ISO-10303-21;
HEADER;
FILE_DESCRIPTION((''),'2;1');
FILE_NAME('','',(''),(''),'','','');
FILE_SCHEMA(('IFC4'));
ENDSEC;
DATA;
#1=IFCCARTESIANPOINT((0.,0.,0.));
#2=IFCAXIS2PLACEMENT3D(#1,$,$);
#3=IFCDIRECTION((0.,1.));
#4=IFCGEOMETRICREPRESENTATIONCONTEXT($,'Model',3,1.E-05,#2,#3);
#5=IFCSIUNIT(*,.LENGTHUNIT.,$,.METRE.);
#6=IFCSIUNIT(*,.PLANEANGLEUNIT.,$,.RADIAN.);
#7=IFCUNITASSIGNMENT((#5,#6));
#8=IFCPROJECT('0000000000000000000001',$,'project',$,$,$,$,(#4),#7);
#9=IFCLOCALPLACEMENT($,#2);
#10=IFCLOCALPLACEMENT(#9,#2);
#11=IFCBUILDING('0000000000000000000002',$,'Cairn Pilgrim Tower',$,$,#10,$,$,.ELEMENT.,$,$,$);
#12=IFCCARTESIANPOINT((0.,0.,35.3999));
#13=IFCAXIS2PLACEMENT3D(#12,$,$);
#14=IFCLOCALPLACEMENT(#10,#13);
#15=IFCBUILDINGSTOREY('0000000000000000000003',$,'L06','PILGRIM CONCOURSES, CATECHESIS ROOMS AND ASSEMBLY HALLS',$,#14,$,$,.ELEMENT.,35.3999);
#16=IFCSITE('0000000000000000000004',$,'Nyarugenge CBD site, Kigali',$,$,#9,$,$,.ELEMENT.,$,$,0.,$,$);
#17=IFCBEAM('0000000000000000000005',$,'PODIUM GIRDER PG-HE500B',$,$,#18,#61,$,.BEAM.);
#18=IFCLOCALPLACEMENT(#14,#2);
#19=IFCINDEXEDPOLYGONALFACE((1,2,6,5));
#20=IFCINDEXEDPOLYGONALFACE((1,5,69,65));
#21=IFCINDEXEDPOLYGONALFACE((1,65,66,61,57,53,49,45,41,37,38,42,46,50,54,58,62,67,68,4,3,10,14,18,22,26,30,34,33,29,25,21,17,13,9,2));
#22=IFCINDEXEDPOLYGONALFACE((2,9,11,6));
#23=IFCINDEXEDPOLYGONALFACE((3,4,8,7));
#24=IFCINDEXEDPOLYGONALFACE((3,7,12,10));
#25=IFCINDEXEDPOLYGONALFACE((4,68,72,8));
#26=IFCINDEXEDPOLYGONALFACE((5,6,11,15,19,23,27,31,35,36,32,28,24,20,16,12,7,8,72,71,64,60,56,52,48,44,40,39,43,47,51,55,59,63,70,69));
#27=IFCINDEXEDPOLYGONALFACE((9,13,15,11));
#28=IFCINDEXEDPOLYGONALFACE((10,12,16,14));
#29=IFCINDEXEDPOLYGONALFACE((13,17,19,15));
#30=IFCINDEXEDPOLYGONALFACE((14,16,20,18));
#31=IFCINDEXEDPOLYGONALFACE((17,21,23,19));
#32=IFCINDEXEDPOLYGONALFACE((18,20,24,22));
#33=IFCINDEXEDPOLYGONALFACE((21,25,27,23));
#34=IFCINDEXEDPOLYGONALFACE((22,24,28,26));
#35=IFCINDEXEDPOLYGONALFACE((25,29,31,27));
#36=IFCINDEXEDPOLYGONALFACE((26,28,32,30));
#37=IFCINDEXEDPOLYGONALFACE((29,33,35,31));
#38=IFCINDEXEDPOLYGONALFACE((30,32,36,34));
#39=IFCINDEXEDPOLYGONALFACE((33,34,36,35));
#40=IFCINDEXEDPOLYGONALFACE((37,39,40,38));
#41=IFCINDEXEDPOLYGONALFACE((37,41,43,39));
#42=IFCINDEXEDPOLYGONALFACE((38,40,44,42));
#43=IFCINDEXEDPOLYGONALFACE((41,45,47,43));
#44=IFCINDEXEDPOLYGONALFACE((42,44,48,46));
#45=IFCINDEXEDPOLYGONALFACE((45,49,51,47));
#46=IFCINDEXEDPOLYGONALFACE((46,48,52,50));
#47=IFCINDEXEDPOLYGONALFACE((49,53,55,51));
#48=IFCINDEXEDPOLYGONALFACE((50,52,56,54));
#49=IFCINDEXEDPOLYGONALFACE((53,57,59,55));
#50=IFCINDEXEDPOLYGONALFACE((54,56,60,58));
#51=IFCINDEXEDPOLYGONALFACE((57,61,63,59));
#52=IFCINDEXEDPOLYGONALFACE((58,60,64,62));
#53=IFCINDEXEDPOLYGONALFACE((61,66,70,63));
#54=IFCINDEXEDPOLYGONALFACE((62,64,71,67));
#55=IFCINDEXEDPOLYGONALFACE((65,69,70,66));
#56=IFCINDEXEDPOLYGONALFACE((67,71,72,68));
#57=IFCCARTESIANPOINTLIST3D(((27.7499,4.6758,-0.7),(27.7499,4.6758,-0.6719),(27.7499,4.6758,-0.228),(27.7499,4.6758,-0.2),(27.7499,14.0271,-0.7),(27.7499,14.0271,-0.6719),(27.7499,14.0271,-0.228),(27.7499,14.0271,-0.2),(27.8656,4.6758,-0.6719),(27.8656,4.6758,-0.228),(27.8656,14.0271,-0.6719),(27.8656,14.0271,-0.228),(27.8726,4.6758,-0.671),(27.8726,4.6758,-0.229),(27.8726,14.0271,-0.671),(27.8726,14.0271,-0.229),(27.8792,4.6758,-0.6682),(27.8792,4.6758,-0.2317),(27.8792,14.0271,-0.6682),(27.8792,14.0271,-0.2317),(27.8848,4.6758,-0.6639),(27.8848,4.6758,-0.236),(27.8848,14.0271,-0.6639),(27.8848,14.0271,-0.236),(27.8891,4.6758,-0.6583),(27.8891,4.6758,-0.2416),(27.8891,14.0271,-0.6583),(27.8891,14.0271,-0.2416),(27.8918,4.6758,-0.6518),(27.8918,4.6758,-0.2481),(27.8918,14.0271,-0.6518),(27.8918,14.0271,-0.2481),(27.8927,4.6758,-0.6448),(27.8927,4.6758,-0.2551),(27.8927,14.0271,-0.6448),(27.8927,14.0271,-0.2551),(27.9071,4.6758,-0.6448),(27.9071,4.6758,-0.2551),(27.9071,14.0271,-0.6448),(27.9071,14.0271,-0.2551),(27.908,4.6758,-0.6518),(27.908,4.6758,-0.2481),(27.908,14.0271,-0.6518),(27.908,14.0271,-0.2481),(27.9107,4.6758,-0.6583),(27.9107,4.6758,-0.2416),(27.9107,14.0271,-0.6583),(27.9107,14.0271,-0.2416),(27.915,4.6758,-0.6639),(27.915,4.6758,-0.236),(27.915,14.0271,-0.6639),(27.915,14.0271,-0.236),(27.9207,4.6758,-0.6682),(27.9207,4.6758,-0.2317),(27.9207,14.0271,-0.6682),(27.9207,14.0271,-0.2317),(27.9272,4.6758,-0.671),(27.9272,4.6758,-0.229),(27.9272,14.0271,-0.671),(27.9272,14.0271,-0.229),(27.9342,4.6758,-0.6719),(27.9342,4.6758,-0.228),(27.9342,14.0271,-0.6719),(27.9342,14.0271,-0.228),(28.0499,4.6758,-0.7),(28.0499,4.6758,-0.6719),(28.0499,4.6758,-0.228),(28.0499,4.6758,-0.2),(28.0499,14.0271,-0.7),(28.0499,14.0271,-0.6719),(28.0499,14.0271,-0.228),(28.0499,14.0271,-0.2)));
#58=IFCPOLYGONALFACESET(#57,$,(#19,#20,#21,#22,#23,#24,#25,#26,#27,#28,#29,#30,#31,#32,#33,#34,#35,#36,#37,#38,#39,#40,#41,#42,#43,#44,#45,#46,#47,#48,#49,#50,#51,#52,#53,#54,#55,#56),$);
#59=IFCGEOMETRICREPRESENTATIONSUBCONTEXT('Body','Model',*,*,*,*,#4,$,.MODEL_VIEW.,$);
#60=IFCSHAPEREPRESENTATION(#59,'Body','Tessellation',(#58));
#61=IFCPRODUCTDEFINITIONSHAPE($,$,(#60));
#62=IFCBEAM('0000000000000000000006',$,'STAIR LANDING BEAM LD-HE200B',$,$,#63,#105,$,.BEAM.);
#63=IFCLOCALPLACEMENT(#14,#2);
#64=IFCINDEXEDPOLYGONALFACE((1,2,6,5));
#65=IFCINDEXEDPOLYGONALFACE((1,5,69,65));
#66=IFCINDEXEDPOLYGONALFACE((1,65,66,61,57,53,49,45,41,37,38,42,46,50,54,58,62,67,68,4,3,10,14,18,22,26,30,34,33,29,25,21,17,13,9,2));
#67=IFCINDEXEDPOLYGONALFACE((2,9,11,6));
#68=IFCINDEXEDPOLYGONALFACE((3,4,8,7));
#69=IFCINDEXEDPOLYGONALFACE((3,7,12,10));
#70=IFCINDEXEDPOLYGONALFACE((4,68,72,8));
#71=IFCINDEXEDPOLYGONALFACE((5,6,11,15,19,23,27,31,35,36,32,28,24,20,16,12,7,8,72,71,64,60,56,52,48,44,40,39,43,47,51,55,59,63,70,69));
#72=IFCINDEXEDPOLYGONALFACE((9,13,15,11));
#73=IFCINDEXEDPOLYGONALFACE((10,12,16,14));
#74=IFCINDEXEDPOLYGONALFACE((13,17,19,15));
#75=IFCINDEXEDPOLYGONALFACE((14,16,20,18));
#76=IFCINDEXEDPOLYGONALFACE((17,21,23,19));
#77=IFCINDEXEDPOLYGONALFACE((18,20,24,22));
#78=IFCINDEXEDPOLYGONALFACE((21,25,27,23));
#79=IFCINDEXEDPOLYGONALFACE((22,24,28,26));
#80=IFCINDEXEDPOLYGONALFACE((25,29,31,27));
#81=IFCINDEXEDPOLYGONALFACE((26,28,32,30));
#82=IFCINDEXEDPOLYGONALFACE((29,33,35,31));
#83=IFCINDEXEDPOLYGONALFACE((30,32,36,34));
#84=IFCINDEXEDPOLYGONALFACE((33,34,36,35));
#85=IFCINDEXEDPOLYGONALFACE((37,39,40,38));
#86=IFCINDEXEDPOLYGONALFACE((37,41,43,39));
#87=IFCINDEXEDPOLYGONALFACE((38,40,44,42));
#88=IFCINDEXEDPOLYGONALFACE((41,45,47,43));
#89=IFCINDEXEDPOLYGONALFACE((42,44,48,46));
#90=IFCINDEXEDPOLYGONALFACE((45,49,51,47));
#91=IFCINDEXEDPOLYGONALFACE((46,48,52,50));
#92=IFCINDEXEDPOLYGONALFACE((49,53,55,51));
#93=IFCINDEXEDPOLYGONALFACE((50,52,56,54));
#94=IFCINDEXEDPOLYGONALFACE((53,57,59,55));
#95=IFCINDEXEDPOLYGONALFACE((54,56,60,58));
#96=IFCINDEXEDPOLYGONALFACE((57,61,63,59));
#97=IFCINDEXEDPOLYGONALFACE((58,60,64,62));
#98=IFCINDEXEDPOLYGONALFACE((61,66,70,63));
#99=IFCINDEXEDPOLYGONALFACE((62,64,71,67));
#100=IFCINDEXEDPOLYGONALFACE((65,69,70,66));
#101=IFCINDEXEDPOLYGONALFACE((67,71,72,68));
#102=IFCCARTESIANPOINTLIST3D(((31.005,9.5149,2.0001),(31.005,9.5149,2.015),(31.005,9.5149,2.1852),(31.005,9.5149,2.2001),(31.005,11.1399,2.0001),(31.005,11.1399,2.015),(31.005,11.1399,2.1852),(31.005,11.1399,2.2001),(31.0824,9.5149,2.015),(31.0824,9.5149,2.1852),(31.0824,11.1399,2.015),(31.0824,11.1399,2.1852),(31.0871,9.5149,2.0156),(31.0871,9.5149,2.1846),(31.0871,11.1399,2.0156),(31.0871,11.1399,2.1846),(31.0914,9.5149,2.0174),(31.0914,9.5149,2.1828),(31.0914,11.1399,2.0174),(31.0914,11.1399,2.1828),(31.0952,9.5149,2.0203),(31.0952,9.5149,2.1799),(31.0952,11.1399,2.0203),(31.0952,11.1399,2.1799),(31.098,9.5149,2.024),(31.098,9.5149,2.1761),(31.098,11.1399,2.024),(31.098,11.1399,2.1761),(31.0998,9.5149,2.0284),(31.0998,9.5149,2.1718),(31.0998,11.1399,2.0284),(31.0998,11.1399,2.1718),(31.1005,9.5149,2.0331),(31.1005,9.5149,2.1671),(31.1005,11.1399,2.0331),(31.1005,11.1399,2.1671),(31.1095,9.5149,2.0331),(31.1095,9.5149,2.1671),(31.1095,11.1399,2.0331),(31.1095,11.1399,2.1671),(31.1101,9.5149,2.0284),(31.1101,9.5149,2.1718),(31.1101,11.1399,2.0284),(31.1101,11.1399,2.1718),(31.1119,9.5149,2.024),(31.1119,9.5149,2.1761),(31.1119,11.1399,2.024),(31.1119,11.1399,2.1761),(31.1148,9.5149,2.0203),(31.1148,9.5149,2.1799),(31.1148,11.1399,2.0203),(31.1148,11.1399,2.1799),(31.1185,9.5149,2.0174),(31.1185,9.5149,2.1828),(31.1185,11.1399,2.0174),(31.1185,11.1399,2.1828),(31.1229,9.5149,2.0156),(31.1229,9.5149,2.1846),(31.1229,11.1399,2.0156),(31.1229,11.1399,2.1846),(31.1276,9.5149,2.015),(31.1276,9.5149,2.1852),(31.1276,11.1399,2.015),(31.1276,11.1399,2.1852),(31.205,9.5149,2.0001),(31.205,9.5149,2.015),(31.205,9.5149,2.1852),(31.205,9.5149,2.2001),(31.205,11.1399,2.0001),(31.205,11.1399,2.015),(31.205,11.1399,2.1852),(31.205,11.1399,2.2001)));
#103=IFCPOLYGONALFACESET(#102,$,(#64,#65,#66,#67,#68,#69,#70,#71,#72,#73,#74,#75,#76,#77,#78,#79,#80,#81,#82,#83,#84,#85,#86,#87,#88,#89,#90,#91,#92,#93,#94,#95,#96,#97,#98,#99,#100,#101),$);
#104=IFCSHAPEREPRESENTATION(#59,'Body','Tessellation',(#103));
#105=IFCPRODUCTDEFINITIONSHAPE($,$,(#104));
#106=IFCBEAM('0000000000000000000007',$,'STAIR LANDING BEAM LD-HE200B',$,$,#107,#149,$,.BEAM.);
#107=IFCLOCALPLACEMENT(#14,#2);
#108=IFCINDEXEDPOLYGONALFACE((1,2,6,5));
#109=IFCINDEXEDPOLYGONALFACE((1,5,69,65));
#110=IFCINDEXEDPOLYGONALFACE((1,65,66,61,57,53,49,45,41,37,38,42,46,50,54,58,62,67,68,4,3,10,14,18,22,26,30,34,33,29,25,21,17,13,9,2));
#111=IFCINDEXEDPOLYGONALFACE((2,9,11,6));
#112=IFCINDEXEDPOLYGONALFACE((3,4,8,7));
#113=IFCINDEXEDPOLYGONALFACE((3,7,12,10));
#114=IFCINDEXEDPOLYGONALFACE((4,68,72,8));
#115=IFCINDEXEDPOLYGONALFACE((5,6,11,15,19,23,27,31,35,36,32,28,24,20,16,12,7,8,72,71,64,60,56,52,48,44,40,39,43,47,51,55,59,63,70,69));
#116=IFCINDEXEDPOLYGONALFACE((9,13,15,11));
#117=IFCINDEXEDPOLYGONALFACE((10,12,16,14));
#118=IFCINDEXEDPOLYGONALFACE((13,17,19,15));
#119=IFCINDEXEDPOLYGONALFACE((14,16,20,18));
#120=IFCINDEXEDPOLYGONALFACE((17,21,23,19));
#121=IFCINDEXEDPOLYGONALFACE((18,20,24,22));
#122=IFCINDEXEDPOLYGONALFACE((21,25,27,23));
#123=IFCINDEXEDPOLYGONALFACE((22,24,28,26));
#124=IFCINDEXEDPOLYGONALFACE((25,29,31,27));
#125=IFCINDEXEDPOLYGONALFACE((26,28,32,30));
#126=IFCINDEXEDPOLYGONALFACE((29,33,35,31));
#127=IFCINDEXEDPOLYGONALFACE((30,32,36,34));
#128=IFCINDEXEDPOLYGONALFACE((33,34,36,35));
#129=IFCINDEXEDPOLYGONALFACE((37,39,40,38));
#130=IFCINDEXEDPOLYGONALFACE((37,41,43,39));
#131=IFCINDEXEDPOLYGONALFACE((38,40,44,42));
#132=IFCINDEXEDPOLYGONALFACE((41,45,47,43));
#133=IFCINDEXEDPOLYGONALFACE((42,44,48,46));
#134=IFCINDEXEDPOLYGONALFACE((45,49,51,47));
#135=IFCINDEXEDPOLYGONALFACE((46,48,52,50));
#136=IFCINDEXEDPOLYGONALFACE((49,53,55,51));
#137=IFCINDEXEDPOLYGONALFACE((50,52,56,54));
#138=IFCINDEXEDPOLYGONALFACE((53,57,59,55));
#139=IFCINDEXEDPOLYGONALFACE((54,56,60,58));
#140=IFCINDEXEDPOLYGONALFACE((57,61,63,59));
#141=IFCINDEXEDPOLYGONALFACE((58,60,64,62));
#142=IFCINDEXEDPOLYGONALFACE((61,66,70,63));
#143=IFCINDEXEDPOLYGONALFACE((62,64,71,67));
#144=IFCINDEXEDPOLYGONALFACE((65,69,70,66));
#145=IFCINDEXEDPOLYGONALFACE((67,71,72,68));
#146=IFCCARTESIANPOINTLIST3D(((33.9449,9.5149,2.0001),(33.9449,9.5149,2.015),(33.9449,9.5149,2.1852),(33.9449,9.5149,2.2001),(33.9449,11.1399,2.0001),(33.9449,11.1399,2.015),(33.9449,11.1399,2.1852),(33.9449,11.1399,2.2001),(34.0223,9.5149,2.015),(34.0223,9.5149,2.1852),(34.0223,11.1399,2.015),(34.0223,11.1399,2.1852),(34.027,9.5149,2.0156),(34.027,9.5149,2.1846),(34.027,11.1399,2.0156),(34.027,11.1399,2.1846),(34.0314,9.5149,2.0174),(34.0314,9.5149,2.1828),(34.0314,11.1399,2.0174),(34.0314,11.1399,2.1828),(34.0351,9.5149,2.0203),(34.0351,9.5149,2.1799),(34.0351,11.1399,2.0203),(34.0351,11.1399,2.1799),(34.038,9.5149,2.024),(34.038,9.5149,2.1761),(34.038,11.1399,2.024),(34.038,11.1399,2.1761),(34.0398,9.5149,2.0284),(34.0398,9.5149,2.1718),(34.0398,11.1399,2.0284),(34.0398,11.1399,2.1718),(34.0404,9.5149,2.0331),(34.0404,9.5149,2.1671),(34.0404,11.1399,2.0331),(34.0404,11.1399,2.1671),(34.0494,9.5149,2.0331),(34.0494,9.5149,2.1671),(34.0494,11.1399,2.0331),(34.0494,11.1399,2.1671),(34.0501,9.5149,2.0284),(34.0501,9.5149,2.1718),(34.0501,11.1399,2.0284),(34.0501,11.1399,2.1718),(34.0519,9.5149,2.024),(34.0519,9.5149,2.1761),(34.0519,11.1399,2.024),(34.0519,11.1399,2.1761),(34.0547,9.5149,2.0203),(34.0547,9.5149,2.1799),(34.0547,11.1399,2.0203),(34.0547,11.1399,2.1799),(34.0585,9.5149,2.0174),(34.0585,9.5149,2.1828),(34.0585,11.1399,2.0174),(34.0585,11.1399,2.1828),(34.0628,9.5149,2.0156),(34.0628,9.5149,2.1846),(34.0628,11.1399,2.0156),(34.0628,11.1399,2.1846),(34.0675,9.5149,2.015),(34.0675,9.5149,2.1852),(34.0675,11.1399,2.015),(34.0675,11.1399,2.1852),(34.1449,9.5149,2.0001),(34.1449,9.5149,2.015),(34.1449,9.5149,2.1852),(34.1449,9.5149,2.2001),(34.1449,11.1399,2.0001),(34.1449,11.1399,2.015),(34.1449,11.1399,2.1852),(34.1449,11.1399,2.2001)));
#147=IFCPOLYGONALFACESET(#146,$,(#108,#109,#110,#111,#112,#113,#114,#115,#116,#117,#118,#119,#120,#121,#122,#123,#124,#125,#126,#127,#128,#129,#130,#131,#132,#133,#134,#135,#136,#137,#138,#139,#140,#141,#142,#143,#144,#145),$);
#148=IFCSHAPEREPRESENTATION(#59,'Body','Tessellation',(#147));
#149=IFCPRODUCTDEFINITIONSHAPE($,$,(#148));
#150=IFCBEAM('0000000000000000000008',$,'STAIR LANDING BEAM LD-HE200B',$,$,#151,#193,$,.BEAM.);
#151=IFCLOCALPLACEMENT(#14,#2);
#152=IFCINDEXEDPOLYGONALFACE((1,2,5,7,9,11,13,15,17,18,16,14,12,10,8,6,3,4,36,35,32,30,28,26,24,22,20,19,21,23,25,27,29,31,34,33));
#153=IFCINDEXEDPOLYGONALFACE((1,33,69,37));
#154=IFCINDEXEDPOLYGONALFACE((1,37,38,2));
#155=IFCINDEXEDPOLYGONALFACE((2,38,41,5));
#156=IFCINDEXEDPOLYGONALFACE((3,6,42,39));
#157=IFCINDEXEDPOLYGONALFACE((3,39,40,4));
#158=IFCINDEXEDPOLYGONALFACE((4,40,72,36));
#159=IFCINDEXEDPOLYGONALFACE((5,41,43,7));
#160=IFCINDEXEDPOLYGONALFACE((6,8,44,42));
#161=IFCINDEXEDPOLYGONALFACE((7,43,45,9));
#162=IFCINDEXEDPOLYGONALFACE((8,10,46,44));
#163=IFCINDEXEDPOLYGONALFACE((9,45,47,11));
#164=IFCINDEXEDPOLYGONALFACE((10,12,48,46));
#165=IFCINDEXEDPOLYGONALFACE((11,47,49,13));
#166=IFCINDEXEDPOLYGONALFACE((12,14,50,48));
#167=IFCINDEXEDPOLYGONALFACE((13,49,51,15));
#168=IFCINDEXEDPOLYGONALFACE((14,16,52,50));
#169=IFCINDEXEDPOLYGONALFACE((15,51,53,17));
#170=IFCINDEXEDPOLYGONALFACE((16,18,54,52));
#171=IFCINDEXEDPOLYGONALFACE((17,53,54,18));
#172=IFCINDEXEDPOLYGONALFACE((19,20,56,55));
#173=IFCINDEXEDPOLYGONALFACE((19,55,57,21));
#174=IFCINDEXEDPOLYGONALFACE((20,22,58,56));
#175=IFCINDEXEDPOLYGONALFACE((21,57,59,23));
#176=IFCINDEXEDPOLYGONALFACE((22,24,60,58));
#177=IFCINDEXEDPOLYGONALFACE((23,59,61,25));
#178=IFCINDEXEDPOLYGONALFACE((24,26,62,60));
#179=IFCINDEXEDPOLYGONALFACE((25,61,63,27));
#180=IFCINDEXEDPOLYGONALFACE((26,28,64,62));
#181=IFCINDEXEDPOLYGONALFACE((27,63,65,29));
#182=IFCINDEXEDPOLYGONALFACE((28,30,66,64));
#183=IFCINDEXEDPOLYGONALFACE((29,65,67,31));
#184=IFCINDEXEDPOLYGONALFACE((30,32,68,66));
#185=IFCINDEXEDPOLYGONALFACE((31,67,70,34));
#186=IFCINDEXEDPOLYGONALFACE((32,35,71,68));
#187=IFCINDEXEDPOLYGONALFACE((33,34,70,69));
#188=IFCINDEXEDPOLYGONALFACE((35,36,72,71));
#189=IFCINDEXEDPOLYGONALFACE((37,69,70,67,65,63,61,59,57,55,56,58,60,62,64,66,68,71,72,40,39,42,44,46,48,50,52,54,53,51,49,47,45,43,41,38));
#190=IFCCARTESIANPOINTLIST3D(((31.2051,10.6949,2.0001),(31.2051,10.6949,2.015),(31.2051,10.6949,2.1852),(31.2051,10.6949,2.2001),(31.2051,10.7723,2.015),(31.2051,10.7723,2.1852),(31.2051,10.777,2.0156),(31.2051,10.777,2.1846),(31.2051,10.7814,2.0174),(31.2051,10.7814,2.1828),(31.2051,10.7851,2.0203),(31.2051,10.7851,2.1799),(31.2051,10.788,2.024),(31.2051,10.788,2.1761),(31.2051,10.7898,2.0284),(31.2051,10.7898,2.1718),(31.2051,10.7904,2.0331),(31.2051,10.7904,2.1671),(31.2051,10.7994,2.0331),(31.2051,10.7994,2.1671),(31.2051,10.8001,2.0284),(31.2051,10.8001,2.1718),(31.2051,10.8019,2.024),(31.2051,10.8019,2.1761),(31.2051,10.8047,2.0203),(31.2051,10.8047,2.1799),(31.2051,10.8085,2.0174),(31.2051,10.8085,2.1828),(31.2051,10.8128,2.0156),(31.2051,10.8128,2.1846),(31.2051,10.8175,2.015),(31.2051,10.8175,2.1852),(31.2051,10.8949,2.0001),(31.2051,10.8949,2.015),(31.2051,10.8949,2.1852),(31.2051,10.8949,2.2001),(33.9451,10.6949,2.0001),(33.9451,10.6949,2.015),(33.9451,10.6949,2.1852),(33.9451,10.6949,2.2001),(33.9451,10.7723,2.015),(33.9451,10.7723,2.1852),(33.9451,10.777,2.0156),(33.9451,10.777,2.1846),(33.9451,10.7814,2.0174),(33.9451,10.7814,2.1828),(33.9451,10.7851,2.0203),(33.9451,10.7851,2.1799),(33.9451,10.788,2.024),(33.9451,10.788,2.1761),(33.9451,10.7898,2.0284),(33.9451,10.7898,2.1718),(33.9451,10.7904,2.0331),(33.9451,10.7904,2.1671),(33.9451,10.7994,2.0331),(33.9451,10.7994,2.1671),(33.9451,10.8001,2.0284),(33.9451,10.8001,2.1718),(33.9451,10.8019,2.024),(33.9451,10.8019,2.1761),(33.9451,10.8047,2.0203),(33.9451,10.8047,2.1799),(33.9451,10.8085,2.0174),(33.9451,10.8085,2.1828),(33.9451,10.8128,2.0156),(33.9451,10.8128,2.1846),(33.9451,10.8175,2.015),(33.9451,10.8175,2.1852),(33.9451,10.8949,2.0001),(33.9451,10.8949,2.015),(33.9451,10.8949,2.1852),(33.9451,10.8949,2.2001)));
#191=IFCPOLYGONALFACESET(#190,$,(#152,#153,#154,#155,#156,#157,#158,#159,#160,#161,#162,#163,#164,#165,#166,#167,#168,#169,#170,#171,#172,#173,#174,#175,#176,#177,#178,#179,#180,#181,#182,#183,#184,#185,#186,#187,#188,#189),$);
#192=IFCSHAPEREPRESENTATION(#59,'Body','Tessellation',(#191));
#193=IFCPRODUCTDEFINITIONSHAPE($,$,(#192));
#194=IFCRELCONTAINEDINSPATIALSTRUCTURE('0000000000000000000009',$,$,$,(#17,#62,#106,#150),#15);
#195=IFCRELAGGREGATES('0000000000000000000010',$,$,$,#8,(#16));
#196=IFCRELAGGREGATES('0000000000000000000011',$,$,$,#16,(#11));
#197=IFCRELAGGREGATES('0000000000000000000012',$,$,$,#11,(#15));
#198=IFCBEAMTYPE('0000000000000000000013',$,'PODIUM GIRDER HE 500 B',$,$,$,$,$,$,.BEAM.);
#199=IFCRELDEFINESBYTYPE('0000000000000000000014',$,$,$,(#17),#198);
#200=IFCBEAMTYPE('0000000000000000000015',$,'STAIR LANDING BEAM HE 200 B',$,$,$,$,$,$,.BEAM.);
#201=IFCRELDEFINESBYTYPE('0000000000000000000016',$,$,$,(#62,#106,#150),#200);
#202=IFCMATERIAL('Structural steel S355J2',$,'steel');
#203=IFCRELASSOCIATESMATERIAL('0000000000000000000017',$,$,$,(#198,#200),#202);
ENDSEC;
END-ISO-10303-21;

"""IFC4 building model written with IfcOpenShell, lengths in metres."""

from ifc_helpers import new_model, si_unit, direction, frame, origin, origin_2d, place, context, subcontext, project, spatial, i_section, extrude, material, material_profile, profile_set, type_object, element, save


model = new_model("IFC4")

# Units and contexts
model_context = context("Model", 3, precision=1e-05, world=origin(), true_north=direction((0.0, 1.0)))
body_context = subcontext(model_context, "Body", "Model", "MODEL_VIEW")
ifc_project = project(units=[si_unit("LENGTHUNIT", "METRE"), si_unit("PLANEANGLEUNIT", "RADIAN")], contexts=[model_context])

# Site, building, storey
site_placement = place(None, origin())
site = spatial("IfcSite", under=ifc_project, at=site_placement, Name="Nyarugenge CBD site, Kigali", CompositionType="ELEMENT", RefElevation=0.0)
building_placement = place(site_placement, origin())
building = spatial("IfcBuilding", under=site, at=building_placement, Name="Cairn Pilgrim Tower", CompositionType="ELEMENT")
storey_placement = place(building_placement, frame((0.0, 0.0, 35.3999)))
storey = spatial("IfcBuildingStorey", under=building, at=storey_placement, Name="L06", Description="PILGRIM CONCOURSES, CATECHESIS ROOMS AND ASSEMBLY HALLS", CompositionType="ELEMENT", Elevation=35.3999)

# Shared definitions
ifc_material_1 = material(Name="Structural steel S355J2", Category="steel")

# Beams
ifc_material_profile_1 = material_profile(ifc_material_1, i_section(OverallWidth=0.3, OverallDepth=0.5, WebThickness=0.0144, FlangeThickness=0.0281, FilletRadius=0.0271, at=origin_2d()), Name="HEB 500")
ifc_profile_set_1 = profile_set([ifc_material_profile_1], Name="Structural steel S355J2")
beam_type_1 = type_object("IfcBeamType", Name="PODIUM GIRDER HE 500 B", PredefinedType="BEAM", material=ifc_profile_set_1)
beam_1_placement = place(storey_placement, frame((27.8999, 4.6758, -0.45), z_axis=(0.0, 1.0, 0.0), x_axis=(-1.0, 0.0, 0.0)))
element("IfcBeam", 1, at=beam_1_placement, inside=storey, type_object=beam_type_1, Name="PODIUM GIRDER PG-HE500B", PredefinedType="BEAM", context=body_context, shape_type="SweptSolid", body=[
    extrude(i_section(OverallWidth=0.3, OverallDepth=0.5, WebThickness=0.0144, FlangeThickness=0.0281, FilletRadius=0.0271, at=origin_2d()), origin(), (0.0, 0.0, 1.0), 9.3513),
])
ifc_material_profile_2 = material_profile(ifc_material_1, i_section(OverallWidth=0.2, OverallDepth=0.2, WebThickness=0.009, FlangeThickness=0.0149, FilletRadius=0.0181, at=origin_2d()), Name="HE 200 B")
ifc_profile_set_2 = profile_set([ifc_material_profile_2], Name="Structural steel S355J2")
beam_type_2 = type_object("IfcBeamType", Name="STAIR LANDING BEAM HE 200 B", PredefinedType="BEAM", material=ifc_profile_set_2)
for number, where, z_axis, x_axis, name in (
    (2, (31.105, 11.1399, 2.1001), (0.0, -1.0, 0.0), (1.0, 0.0, 0.0), "STAIR LANDING BEAM LD-HE200B"),
    (3, (34.0449, 11.1399, 2.1001), (0.0, -1.0, 0.0), (1.0, 0.0, 0.0), "STAIR LANDING BEAM LD-HE200B"),
):
    element("IfcBeam", number, at=place(storey_placement, frame(where, z_axis=z_axis, x_axis=x_axis)), inside=storey, type_object=beam_type_2, Name=name, PredefinedType="BEAM", context=body_context, shape_type="SweptSolid", body=[
        extrude(i_section(OverallWidth=0.2, OverallDepth=0.2, WebThickness=0.009, FlangeThickness=0.0149, FilletRadius=0.0181, at=origin_2d()), origin(), (0.0, 0.0, 1.0), 1.625),
    ])
beam_2_placement = place(storey_placement, frame((31.2051, 10.7949, 2.1001), z_axis=(1.0, 0.0, 0.0), x_axis=(0.0, 1.0, 0.0)))
element("IfcBeam", 4, at=beam_2_placement, inside=storey, type_object=beam_type_2, Name="STAIR LANDING BEAM LD-HE200B", PredefinedType="BEAM", context=body_context, shape_type="SweptSolid", body=[
    extrude(i_section(OverallWidth=0.2, OverallDepth=0.2, WebThickness=0.009, FlangeThickness=0.0149, FilletRadius=0.0181, at=origin_2d()), origin(), (0.0, 0.0, 1.0), 2.74),
])

save(model, "model.ifc")
